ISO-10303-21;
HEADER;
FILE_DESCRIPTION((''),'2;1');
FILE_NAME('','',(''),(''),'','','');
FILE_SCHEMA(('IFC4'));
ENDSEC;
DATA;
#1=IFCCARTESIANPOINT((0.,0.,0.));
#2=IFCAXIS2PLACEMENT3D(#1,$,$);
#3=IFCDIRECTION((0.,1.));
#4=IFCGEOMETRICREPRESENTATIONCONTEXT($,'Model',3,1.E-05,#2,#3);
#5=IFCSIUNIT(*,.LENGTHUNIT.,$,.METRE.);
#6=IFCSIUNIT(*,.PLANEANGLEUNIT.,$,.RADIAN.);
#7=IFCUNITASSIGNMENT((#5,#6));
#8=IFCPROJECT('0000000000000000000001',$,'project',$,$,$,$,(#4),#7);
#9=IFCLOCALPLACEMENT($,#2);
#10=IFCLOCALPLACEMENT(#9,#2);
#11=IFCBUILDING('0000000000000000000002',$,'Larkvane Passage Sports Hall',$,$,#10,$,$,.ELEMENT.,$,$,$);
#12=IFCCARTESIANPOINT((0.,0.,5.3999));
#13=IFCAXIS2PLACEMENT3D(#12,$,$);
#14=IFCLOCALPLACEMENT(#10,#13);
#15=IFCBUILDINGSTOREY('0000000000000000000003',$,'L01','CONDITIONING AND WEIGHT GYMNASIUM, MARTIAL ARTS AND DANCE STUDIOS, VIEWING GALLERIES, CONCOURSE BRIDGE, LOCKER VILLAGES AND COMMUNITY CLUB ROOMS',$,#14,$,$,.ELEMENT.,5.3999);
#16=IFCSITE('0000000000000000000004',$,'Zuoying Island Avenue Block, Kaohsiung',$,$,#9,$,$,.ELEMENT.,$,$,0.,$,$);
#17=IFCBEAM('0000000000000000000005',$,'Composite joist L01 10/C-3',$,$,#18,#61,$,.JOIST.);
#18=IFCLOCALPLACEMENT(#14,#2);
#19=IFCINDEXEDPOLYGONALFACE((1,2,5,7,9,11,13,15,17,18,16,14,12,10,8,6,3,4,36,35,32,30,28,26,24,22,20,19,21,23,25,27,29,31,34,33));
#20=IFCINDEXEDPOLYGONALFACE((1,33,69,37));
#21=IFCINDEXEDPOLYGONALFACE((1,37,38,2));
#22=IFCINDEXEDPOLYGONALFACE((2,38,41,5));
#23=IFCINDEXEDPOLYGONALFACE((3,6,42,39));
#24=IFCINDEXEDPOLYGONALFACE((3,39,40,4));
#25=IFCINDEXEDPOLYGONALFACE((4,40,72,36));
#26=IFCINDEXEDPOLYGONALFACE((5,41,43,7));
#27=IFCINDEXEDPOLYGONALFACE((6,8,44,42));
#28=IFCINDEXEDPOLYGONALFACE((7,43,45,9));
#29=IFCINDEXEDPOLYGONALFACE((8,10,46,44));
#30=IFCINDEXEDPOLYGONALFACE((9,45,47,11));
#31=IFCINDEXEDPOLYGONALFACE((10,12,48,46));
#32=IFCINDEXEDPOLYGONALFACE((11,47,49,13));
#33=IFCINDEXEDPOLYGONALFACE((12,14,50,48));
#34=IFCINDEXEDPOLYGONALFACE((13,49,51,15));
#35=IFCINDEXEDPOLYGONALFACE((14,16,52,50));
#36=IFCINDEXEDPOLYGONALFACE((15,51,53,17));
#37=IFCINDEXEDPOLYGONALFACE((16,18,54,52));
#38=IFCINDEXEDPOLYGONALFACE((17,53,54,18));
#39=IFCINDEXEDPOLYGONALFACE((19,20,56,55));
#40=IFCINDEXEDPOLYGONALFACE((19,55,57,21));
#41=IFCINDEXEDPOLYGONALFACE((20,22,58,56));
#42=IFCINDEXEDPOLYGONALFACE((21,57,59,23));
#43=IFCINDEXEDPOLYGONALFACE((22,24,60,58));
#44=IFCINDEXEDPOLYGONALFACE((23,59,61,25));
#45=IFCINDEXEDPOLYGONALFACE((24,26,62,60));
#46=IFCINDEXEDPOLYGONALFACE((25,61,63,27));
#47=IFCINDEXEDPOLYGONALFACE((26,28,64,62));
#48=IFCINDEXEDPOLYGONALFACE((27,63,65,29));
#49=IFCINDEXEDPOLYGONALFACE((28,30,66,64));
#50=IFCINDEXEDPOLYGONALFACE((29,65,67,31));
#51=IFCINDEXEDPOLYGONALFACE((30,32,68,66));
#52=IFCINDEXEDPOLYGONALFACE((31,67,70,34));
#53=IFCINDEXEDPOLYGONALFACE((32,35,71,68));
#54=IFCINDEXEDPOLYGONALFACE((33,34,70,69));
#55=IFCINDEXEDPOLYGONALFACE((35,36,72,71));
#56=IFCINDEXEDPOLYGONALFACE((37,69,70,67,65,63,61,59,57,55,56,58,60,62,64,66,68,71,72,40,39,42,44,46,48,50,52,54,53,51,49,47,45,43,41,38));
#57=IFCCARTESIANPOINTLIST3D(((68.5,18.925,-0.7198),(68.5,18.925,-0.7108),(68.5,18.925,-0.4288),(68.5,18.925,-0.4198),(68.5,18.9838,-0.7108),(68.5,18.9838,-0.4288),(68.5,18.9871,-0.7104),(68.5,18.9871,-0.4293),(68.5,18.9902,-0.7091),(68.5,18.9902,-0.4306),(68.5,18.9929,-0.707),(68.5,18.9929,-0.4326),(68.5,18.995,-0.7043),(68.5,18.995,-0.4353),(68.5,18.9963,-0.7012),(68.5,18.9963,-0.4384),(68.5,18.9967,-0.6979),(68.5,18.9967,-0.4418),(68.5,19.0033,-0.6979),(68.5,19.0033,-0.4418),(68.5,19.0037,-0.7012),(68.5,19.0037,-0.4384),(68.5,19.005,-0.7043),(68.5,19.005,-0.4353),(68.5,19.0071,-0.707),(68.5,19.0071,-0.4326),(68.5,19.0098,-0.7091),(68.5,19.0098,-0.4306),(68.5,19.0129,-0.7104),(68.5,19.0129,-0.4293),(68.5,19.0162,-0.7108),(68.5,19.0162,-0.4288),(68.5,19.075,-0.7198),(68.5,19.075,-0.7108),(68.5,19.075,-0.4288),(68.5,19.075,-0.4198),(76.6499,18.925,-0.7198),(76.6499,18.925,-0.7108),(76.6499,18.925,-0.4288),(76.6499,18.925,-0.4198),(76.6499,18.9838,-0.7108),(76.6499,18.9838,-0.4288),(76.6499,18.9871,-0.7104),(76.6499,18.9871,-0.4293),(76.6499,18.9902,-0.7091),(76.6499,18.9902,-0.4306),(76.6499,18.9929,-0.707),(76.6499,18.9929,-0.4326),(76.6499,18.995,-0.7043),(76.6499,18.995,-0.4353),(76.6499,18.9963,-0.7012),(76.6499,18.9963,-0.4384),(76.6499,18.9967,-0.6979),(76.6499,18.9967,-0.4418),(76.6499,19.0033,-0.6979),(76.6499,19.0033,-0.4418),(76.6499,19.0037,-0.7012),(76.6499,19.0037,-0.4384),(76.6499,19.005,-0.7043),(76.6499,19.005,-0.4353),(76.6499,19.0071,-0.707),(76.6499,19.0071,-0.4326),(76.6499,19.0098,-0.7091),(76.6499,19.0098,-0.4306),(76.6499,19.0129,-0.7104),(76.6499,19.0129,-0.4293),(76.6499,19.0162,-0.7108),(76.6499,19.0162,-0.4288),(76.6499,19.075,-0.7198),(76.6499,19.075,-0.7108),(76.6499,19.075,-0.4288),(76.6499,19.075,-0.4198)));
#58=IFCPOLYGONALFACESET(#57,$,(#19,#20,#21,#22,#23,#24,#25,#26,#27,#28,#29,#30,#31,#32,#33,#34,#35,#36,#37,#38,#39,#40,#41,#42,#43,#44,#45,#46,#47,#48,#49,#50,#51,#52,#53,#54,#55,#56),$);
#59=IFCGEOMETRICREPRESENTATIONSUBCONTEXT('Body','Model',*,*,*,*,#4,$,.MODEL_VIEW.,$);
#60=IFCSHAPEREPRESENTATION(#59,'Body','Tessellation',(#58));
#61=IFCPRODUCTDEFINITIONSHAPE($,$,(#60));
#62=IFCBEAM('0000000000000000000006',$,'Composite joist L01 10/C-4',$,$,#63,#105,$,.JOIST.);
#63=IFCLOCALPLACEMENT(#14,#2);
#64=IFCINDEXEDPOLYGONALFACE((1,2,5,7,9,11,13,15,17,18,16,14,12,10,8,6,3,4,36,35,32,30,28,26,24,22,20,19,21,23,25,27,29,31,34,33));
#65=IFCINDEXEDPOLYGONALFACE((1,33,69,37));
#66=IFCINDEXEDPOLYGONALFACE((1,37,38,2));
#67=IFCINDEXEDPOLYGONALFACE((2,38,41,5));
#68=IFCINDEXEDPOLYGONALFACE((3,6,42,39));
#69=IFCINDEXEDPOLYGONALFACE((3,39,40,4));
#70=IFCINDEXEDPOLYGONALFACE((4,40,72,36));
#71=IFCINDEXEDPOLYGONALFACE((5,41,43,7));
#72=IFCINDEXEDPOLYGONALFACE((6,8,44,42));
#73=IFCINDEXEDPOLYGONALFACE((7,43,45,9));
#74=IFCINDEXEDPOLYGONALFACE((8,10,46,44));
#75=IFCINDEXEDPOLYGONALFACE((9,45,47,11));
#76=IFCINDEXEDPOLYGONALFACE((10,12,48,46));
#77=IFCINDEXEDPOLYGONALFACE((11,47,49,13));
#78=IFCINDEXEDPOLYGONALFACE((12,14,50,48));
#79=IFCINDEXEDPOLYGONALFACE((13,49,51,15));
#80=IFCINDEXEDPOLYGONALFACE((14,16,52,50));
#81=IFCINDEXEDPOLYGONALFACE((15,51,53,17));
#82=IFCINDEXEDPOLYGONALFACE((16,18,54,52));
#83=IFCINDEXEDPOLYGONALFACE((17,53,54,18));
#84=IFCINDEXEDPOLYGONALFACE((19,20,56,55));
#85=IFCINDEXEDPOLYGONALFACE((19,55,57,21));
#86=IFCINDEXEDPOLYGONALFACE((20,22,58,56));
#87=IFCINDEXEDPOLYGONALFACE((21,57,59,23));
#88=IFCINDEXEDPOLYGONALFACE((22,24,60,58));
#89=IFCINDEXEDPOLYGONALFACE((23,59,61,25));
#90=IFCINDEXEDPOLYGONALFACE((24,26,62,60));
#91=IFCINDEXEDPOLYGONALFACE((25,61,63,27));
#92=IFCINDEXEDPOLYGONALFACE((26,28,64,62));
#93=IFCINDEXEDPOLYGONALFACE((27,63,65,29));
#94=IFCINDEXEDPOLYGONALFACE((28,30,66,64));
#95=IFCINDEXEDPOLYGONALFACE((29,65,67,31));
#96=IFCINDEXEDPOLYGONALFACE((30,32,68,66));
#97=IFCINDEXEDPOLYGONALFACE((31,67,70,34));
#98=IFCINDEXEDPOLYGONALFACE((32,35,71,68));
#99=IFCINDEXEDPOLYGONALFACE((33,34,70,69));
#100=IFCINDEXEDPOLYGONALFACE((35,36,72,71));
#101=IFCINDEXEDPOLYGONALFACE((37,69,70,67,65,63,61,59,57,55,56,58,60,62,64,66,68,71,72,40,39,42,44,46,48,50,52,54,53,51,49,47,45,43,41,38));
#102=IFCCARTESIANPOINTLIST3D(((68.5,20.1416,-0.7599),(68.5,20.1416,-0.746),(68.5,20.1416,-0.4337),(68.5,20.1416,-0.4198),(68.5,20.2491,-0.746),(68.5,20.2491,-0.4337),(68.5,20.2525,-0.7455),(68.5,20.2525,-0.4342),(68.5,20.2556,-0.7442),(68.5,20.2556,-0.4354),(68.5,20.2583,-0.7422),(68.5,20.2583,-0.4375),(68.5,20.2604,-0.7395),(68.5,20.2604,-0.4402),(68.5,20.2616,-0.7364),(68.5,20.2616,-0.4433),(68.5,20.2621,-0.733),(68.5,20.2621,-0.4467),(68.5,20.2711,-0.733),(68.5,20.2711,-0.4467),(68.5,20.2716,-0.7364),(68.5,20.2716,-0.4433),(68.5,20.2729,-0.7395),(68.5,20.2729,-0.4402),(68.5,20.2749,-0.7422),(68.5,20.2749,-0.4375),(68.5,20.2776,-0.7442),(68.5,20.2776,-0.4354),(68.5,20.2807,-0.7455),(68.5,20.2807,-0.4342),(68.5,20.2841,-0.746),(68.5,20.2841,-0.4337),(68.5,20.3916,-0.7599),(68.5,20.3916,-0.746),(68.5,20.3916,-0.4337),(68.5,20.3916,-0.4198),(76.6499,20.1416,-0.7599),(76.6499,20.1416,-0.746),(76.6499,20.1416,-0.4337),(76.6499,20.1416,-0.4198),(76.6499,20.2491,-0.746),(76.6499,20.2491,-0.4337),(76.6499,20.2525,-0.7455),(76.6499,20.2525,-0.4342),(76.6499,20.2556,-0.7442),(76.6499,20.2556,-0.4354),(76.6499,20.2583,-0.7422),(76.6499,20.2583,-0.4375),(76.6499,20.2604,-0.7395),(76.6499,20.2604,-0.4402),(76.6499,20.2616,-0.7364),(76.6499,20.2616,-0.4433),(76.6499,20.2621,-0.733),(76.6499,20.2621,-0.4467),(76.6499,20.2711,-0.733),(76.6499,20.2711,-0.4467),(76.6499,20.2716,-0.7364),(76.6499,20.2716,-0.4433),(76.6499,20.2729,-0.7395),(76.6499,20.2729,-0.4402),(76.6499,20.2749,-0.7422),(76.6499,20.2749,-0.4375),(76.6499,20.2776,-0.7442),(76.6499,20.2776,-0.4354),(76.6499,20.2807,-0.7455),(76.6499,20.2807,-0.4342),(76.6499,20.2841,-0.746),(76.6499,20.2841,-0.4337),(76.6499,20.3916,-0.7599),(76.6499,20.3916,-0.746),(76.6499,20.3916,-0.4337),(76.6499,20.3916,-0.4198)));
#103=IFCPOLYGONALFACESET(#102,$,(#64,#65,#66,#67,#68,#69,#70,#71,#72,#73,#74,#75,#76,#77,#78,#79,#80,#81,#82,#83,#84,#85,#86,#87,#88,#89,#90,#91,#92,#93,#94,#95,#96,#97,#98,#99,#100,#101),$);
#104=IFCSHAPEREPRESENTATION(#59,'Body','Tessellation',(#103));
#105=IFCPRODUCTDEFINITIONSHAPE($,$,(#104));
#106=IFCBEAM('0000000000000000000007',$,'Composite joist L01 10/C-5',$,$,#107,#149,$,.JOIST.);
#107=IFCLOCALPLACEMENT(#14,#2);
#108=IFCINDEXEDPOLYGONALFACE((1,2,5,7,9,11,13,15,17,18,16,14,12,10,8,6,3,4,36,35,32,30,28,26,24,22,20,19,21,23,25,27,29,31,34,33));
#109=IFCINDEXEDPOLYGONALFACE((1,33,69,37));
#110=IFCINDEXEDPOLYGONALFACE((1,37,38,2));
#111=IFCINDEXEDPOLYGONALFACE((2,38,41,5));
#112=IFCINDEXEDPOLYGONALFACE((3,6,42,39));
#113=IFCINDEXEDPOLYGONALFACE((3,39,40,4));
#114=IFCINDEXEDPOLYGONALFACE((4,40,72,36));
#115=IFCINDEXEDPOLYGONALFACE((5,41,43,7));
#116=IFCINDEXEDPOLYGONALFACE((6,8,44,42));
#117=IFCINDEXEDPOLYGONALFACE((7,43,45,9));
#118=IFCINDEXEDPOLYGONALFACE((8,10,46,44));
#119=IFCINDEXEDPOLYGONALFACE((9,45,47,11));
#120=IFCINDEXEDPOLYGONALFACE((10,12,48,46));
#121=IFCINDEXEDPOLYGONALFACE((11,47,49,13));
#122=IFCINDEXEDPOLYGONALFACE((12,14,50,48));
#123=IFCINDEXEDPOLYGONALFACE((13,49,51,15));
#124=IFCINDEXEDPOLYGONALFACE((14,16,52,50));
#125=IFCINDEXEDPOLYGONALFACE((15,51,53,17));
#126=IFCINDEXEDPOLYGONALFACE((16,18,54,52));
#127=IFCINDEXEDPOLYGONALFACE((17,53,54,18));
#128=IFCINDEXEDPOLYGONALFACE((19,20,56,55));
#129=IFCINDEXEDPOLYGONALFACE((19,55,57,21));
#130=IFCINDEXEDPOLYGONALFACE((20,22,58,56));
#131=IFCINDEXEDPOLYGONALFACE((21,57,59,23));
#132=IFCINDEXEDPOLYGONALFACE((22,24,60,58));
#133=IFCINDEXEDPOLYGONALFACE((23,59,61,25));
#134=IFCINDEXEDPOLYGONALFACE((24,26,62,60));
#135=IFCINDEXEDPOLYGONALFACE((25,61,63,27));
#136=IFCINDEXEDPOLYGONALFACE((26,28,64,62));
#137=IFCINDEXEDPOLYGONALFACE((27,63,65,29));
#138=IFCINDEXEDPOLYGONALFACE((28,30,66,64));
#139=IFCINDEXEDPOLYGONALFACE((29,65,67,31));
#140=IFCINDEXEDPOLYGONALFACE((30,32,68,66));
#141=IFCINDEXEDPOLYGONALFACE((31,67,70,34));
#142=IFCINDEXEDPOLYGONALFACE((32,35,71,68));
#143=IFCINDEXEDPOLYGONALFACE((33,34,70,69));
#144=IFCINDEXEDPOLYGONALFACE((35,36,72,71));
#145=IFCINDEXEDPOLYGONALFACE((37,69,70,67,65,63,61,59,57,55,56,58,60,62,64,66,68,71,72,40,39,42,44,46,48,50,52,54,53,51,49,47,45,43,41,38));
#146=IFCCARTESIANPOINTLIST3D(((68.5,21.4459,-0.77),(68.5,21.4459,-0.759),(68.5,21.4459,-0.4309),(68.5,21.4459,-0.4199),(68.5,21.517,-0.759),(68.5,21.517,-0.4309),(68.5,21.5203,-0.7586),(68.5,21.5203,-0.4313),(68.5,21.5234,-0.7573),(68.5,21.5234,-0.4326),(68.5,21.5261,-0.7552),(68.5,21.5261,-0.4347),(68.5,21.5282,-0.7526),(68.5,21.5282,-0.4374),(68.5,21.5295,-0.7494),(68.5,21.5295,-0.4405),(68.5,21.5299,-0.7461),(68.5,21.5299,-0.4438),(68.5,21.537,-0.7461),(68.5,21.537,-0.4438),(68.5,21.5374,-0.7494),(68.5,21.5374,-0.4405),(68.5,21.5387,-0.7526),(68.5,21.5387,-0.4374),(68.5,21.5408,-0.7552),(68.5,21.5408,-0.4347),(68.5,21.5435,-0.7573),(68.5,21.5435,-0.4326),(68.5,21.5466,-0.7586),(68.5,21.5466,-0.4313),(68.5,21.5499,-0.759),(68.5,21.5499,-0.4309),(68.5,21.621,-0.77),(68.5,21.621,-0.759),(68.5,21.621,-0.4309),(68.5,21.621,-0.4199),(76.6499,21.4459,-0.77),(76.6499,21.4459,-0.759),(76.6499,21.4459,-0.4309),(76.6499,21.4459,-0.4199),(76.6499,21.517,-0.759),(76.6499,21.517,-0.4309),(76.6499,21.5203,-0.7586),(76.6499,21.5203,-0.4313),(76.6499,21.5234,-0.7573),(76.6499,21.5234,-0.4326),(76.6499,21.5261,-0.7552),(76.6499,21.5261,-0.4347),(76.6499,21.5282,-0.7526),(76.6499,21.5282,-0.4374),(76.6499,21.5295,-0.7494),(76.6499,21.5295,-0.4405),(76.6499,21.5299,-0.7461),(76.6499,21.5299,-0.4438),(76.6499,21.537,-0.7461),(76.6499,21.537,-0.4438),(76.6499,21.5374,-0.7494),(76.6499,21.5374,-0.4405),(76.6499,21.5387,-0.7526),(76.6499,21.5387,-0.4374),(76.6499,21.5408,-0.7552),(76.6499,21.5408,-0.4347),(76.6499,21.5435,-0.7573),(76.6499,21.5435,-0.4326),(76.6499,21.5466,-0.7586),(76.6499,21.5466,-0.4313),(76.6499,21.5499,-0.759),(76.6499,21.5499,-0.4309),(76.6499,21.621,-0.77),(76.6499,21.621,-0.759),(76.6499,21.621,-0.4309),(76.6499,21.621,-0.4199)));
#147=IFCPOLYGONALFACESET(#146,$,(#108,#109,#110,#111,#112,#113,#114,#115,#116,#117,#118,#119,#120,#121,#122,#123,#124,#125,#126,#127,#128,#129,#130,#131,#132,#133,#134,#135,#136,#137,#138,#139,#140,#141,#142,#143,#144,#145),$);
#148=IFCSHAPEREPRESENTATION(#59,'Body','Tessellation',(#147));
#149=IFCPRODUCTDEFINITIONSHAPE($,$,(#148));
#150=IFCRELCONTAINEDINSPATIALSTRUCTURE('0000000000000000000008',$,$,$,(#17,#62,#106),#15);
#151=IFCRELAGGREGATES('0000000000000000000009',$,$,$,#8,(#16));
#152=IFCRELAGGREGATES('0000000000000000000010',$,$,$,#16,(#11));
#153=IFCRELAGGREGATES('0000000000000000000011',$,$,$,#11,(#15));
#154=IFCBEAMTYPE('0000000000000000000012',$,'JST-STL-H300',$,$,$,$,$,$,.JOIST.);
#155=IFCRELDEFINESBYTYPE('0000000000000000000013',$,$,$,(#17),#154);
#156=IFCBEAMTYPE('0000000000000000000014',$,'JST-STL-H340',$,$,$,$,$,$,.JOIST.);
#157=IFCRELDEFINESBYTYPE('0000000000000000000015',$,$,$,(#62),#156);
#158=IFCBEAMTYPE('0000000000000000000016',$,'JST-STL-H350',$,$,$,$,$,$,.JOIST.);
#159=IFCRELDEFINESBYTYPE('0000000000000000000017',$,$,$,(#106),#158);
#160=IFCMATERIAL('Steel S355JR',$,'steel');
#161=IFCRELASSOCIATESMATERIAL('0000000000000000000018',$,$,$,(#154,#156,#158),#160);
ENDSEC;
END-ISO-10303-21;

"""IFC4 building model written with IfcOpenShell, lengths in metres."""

from ifc_helpers import new_model, si_unit, direction, frame, origin, origin_2d, place, context, subcontext, project, spatial, i_section, extrude, material, material_profile, profile_set, type_object, element, save


model = new_model("IFC4")

# Units and contexts
model_context = context("Model", 3, precision=1e-05, world=origin(), true_north=direction((0.0, 1.0)))
body_context = subcontext(model_context, "Body", "Model", "MODEL_VIEW")
ifc_project = project(units=[si_unit("LENGTHUNIT", "METRE"), si_unit("PLANEANGLEUNIT", "RADIAN")], contexts=[model_context])

# Site, building, storey
site_placement = place(None, origin())
site = spatial("IfcSite", under=ifc_project, at=site_placement, Name="Zuoying Island Avenue Block, Kaohsiung", CompositionType="ELEMENT", RefElevation=0.0)
building_placement = place(site_placement, origin())
building = spatial("IfcBuilding", under=site, at=building_placement, Name="Larkvane Passage Sports Hall", CompositionType="ELEMENT")
storey_placement = place(building_placement, frame((0.0, 0.0, 5.3999)))
storey = spatial("IfcBuildingStorey", under=building, at=storey_placement, Name="L01", Description="CONDITIONING AND WEIGHT GYMNASIUM, MARTIAL ARTS AND DANCE STUDIOS, VIEWING GALLERIES, CONCOURSE BRIDGE, LOCKER VILLAGES AND COMMUNITY CLUB ROOMS", CompositionType="ELEMENT", Elevation=5.3999)

# Shared definitions
ifc_material_1 = material(Name="Steel S355JR", Category="steel")

# Beams
ifc_material_profile_1 = material_profile(ifc_material_1, i_section(OverallWidth=0.1499, OverallDepth=0.3, WebThickness=0.0066, FlangeThickness=0.009, FilletRadius=0.0129, at=origin_2d()), Name="H-300x150x6.5x9")
ifc_profile_set_1 = profile_set([ifc_material_profile_1], Name="Steel S355JR")
beam_type_1 = type_object("IfcBeamType", Name="JST-STL-H300", PredefinedType="JOIST", material=ifc_profile_set_1)
beam_1_placement = place(storey_placement, frame((68.5, 19.0, -0.5698), z_axis=(1.0, 0.0, 0.0), x_axis=(0.0, 1.0, 0.0)))
element("IfcBeam", 1, at=beam_1_placement, inside=storey, type_object=beam_type_1, Name="Composite joist L01 10/C-3", PredefinedType="JOIST", context=body_context, shape_type="SweptSolid", body=[
    extrude(i_section(OverallWidth=0.1499, OverallDepth=0.3, WebThickness=0.0066, FlangeThickness=0.009, FilletRadius=0.0129, at=origin_2d()), origin(), (0.0, 0.0, 1.0), 8.1499),
])
ifc_material_profile_2 = material_profile(ifc_material_1, i_section(OverallWidth=0.25, OverallDepth=0.3401, WebThickness=0.009, FlangeThickness=0.0139, FilletRadius=0.0129, at=origin_2d()), Name="H-340x250x9x14")
ifc_profile_set_2 = profile_set([ifc_material_profile_2], Name="Steel S355JR")
beam_type_2 = type_object("IfcBeamType", Name="JST-STL-H340", PredefinedType="JOIST", material=ifc_profile_set_2)
beam_2_placement = place(storey_placement, frame((68.5, 20.2666, -0.5898), z_axis=(1.0, 0.0, 0.0), x_axis=(0.0, 1.0, 0.0)))
element("IfcBeam", 2, at=beam_2_placement, inside=storey, type_object=beam_type_2, Name="Composite joist L01 10/C-4", PredefinedType="JOIST", context=body_context, shape_type="SweptSolid", body=[
    extrude(i_section(OverallWidth=0.25, OverallDepth=0.3401, WebThickness=0.009, FlangeThickness=0.0139, FilletRadius=0.0129, at=origin_2d()), origin(), (0.0, 0.0, 1.0), 8.1499),
])
ifc_material_profile_3 = material_profile(ifc_material_1, i_section(OverallWidth=0.175, OverallDepth=0.3501, WebThickness=0.0071, FlangeThickness=0.011, FilletRadius=0.0129, at=origin_2d()), Name="H-350x175x7x11")
ifc_profile_set_3 = profile_set([ifc_material_profile_3], Name="Steel S355JR")
beam_type_3 = type_object("IfcBeamType", Name="JST-STL-H350", PredefinedType="JOIST", material=ifc_profile_set_3)
beam_3_placement = place(storey_placement, frame((68.5, 21.5334, -0.595), z_axis=(1.0, 0.0, 0.0), x_axis=(0.0, 1.0, 0.0)))
element("IfcBeam", 3, at=beam_3_placement, inside=storey, type_object=beam_type_3, Name="Composite joist L01 10/C-5", PredefinedType="JOIST", context=body_context, shape_type="SweptSolid", body=[
    extrude(i_section(OverallWidth=0.175, OverallDepth=0.3501, WebThickness=0.0071, FlangeThickness=0.011, FilletRadius=0.0129, at=origin_2d()), origin(), (0.0, 0.0, 1.0), 8.1499),
])

save(model, "model.ifc")
